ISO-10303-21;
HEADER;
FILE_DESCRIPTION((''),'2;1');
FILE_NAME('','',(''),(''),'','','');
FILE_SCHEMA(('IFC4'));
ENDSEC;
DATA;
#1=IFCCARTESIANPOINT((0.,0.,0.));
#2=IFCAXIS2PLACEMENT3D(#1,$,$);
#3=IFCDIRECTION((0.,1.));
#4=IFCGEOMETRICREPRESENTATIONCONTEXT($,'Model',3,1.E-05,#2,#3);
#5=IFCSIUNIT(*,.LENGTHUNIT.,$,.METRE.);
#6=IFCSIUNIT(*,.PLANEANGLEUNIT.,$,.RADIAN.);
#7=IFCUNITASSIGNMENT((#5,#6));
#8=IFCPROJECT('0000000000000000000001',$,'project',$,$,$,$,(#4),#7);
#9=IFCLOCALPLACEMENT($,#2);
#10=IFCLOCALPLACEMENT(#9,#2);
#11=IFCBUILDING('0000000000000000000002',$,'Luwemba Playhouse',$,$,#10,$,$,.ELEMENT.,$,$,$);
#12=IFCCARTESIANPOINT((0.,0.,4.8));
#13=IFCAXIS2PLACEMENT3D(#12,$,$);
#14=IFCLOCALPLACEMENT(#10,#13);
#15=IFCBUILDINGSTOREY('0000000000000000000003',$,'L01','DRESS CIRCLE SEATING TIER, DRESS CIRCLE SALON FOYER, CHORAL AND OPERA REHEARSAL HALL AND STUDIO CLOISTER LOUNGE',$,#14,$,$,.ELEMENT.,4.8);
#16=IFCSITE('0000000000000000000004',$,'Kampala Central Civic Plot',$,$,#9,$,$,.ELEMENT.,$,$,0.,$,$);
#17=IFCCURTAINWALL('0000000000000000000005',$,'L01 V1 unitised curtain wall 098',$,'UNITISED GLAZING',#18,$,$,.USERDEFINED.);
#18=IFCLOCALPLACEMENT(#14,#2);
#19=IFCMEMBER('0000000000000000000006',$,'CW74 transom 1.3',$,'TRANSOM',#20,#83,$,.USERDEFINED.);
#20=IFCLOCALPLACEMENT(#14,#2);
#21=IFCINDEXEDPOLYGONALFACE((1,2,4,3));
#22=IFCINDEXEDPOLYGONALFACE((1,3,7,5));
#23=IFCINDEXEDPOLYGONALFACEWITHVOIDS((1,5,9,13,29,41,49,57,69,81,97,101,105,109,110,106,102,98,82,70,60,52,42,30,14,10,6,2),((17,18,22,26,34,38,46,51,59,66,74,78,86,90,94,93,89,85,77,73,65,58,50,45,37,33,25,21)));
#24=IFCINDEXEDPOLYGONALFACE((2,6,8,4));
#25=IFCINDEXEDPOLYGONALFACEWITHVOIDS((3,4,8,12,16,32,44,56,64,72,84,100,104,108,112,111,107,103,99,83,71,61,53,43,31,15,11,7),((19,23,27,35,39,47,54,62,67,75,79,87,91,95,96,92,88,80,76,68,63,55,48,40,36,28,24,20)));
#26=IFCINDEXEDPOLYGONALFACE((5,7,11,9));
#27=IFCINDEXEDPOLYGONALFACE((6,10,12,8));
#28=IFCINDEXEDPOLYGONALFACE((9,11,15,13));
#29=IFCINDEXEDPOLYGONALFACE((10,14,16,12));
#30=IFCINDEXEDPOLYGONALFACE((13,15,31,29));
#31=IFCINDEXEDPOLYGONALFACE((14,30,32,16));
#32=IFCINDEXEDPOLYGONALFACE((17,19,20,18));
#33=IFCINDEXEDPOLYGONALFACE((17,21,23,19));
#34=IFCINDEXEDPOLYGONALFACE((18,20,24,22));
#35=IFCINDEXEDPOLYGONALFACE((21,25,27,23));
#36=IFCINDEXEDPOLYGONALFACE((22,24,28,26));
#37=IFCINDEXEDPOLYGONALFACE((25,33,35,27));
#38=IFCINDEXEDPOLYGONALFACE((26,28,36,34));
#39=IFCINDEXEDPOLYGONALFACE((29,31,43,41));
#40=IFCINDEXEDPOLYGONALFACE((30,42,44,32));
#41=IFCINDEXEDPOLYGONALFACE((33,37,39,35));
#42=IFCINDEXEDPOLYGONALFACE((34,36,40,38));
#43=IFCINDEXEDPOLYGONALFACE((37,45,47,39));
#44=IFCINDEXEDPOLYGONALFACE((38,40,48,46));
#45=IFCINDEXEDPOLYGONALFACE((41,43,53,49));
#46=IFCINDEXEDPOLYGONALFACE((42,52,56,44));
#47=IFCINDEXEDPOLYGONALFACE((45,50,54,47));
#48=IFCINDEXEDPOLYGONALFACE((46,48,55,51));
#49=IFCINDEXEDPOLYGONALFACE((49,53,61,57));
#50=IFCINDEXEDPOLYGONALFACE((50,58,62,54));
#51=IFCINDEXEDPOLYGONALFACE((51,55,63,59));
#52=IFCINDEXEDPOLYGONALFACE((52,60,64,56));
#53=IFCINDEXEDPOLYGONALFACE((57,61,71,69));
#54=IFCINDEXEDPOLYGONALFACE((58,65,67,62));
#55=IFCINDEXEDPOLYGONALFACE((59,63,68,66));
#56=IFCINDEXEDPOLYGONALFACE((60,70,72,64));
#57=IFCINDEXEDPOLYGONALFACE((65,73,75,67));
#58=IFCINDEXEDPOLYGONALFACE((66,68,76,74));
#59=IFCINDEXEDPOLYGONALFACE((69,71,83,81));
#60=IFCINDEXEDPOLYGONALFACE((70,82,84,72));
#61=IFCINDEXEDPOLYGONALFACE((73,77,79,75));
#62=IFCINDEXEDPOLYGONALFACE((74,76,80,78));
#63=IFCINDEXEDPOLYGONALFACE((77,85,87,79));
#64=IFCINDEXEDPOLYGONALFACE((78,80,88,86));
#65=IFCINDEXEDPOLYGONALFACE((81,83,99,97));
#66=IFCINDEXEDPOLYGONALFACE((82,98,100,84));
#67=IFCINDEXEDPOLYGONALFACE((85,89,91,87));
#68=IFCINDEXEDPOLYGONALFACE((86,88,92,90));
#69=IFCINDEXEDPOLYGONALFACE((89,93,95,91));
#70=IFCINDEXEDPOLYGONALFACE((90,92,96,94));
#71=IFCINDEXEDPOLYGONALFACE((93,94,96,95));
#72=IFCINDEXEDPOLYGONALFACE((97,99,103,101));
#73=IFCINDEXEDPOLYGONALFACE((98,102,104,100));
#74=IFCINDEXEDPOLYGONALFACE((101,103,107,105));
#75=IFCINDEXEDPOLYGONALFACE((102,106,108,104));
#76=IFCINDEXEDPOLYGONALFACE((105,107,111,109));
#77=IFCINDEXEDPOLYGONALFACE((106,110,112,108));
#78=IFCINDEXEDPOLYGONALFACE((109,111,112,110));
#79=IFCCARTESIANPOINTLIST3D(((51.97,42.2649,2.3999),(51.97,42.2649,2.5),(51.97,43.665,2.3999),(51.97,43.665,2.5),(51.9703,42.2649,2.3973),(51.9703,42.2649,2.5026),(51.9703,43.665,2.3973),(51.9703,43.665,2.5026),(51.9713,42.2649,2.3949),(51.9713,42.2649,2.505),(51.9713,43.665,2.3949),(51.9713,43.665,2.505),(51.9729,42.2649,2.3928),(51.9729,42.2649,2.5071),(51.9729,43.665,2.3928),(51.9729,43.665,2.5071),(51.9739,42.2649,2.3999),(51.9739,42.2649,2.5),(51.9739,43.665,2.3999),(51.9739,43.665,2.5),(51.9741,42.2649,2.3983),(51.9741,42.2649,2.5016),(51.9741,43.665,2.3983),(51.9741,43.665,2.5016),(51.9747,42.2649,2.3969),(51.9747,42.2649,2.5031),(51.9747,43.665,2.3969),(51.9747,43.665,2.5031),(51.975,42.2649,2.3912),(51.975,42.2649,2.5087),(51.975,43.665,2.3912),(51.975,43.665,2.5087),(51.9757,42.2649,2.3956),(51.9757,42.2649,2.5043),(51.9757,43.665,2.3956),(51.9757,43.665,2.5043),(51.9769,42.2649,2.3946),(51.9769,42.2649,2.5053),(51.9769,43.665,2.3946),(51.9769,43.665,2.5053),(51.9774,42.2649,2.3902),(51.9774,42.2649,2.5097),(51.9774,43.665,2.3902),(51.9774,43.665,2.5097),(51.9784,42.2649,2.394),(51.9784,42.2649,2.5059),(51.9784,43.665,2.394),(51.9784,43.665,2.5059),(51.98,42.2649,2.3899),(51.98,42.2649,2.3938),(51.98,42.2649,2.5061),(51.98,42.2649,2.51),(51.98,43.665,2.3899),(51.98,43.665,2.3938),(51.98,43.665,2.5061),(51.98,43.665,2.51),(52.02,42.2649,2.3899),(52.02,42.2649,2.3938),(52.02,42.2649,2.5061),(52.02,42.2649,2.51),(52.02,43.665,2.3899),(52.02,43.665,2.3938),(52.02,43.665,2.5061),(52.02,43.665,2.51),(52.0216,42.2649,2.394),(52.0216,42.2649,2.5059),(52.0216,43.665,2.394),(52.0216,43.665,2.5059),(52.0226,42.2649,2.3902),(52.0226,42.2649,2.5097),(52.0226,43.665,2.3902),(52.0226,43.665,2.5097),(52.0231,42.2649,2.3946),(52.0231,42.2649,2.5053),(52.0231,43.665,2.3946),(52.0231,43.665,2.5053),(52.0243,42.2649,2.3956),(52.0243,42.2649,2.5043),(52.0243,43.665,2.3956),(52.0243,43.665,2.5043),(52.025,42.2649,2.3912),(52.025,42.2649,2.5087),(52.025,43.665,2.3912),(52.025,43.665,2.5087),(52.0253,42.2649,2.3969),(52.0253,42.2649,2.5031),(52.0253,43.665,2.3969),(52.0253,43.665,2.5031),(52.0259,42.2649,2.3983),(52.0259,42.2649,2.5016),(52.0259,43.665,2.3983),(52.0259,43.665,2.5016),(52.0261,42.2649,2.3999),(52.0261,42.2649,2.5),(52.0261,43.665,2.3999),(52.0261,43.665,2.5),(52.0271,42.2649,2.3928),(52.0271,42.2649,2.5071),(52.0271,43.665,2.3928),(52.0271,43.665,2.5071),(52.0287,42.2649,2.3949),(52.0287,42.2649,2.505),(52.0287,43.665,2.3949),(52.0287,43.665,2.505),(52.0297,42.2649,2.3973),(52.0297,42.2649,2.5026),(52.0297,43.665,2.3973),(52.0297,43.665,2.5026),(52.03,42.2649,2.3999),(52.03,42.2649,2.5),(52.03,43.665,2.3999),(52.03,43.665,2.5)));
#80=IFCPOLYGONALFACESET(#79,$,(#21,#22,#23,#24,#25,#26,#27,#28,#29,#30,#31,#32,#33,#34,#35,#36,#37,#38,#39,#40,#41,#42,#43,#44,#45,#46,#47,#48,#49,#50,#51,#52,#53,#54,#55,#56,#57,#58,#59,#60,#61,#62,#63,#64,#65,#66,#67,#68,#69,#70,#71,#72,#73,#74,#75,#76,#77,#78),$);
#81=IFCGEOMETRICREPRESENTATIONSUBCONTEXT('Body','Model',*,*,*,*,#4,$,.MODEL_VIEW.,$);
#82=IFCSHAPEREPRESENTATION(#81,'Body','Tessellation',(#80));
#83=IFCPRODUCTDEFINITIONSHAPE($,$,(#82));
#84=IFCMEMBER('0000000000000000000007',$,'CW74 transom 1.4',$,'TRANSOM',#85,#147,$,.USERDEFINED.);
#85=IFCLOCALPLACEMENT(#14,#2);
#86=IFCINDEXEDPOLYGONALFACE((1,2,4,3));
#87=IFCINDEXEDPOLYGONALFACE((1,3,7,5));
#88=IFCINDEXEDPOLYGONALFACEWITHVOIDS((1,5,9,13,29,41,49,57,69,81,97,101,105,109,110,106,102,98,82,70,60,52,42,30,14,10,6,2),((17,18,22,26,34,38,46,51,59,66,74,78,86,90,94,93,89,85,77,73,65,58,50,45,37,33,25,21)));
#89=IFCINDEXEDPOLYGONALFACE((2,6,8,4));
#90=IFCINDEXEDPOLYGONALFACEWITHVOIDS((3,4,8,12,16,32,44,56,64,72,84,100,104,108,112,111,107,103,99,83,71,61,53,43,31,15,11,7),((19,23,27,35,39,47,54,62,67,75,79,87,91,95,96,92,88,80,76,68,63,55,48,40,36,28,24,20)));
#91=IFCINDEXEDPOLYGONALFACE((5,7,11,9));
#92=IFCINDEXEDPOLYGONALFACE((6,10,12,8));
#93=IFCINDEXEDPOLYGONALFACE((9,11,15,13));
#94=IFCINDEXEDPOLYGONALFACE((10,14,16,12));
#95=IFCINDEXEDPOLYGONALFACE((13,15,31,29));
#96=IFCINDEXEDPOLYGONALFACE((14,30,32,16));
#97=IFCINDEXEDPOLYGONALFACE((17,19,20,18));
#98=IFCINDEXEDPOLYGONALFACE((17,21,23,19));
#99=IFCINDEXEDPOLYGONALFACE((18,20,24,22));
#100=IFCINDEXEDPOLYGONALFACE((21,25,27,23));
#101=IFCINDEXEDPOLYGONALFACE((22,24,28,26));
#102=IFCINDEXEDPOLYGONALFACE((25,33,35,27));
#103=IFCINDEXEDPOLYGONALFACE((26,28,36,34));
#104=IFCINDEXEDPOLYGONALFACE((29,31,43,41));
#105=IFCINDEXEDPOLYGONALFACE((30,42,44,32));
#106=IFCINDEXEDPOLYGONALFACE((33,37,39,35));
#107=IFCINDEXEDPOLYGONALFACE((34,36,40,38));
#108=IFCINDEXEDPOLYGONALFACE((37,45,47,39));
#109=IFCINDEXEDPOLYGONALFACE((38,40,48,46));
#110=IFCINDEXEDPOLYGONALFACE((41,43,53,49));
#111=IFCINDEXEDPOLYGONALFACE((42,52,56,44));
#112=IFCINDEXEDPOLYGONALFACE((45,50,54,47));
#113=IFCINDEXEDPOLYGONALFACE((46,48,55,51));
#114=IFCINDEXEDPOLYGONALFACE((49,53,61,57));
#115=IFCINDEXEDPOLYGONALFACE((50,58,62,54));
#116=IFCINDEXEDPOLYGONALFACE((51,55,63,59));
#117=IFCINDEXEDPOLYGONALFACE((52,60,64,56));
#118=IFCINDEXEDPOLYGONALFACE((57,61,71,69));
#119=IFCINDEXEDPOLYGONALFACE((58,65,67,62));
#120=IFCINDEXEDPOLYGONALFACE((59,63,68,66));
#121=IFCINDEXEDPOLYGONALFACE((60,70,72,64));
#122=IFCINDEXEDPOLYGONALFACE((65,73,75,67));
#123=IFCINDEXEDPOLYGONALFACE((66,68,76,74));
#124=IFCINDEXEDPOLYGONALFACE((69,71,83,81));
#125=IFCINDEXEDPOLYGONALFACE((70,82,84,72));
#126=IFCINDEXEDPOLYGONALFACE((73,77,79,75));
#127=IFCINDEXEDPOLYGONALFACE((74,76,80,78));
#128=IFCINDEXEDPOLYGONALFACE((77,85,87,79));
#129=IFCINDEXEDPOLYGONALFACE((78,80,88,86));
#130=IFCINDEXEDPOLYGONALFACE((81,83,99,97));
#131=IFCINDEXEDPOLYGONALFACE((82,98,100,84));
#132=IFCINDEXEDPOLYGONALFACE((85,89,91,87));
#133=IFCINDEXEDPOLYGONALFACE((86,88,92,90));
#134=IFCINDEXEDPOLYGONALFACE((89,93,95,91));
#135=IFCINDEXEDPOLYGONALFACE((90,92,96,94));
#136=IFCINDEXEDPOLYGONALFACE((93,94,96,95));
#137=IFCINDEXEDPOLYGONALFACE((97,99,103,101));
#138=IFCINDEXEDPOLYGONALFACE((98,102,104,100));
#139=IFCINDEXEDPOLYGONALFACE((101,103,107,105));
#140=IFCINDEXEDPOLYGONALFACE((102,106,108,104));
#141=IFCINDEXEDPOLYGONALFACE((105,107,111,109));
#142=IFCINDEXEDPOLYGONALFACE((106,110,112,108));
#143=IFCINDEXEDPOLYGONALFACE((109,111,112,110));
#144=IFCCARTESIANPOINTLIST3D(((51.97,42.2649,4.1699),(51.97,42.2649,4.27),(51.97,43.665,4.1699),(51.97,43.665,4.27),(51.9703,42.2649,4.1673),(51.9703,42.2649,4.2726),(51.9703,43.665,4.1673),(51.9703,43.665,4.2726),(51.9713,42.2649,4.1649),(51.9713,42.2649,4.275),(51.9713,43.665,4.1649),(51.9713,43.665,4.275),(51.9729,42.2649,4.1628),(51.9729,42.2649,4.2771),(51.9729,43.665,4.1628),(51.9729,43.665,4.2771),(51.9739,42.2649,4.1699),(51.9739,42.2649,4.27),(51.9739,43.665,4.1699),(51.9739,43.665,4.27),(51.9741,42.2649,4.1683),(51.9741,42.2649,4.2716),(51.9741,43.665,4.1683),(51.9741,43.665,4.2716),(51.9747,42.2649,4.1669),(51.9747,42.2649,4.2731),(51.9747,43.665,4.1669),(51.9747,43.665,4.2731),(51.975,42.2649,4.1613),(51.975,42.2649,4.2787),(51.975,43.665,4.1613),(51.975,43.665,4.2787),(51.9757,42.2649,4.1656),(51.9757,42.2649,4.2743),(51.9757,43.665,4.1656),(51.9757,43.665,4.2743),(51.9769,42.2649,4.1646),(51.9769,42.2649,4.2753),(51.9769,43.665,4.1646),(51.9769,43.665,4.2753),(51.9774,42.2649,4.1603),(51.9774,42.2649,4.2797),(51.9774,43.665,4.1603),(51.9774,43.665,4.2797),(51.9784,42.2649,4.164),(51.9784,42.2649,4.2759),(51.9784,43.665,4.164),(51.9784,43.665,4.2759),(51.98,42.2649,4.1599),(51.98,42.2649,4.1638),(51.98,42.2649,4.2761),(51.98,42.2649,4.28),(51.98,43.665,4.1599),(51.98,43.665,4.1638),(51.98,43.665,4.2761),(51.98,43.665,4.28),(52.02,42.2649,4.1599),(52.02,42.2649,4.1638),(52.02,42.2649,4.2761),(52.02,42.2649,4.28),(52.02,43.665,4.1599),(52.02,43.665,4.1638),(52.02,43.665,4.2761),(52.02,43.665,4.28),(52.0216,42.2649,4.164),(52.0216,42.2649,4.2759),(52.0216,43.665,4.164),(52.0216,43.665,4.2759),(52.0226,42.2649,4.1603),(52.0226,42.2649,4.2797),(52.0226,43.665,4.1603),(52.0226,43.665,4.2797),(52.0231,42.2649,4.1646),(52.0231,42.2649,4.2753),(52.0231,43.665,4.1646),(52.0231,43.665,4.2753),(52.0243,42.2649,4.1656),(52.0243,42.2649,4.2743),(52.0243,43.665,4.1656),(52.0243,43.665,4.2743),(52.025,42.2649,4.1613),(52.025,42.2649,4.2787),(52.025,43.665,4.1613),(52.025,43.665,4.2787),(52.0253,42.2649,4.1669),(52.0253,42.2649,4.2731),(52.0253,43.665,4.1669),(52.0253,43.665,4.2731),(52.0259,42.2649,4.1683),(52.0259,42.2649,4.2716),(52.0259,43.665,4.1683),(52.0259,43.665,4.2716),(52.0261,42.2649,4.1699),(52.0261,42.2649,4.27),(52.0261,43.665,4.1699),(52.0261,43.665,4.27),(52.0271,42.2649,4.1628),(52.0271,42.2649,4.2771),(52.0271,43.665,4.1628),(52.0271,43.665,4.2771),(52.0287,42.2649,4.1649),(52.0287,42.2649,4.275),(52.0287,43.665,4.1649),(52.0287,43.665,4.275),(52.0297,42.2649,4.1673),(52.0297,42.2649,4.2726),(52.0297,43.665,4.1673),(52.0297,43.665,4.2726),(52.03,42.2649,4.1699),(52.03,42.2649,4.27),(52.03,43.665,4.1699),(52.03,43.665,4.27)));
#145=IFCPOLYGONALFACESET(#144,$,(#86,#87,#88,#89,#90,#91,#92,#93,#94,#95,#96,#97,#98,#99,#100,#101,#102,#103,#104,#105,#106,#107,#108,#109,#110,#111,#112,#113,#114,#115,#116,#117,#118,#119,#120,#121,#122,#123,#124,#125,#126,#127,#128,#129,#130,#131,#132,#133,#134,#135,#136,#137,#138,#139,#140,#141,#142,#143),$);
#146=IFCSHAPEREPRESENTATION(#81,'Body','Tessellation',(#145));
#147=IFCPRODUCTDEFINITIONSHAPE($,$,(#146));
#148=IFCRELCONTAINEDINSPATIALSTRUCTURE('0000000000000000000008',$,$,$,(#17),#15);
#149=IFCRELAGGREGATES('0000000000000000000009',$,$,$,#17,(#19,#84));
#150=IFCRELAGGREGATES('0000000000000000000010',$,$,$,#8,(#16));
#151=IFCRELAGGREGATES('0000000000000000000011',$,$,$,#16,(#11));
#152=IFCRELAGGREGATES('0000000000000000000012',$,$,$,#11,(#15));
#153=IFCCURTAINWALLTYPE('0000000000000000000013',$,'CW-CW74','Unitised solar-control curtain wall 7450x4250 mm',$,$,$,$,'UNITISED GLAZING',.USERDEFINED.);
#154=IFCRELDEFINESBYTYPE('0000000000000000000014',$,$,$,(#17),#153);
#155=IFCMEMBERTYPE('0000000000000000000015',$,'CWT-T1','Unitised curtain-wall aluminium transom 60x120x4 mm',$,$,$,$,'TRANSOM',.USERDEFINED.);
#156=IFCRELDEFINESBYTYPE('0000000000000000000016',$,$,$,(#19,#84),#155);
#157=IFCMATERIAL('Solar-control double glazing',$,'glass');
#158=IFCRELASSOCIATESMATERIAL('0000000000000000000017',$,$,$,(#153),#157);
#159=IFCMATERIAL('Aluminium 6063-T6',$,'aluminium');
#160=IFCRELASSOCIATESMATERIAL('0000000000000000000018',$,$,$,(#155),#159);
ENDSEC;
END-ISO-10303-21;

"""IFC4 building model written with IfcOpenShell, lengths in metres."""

from ifc_helpers import new_model, si_unit, direction, frame, origin, origin_2d, place, context, subcontext, project, spatial, hollow_rectangle, extrude, material, material_profile, profile_set, type_object, element, aggregate, save


model = new_model("IFC4")

# Units and contexts
model_context = context("Model", 3, precision=1e-05, world=origin(), true_north=direction((0.0, 1.0)))
body_context = subcontext(model_context, "Body", "Model", "MODEL_VIEW")
ifc_project = project(units=[si_unit("LENGTHUNIT", "METRE"), si_unit("PLANEANGLEUNIT", "RADIAN")], contexts=[model_context])

# Site, building, storey
site_placement = place(None, origin())
site = spatial("IfcSite", under=ifc_project, at=site_placement, Name="Kampala Central Civic Plot", CompositionType="ELEMENT", RefElevation=0.0)
building_placement = place(site_placement, origin())
building = spatial("IfcBuilding", under=site, at=building_placement, Name="Luwemba Playhouse", CompositionType="ELEMENT")
storey_placement = place(building_placement, frame((0.0, 0.0, 4.8)))
storey = spatial("IfcBuildingStorey", under=building, at=storey_placement, Name="L01", Description="DRESS CIRCLE SEATING TIER, DRESS CIRCLE SALON FOYER, CHORAL AND OPERA REHEARSAL HALL AND STUDIO CLOISTER LOUNGE", CompositionType="ELEMENT", Elevation=4.8)

# Curtain wall
ifc_material_1 = material(Name="Solar-control double glazing", Category="glass")
curtain_wall_type_1 = type_object("IfcCurtainWallType", Name="CW-CW74", Description="Unitised solar-control curtain wall 7450x4250 mm", ElementType="UNITISED GLAZING", PredefinedType="USERDEFINED", material=ifc_material_1)
curtain_wall_1_placement = place(storey_placement, origin())
curtain_wall_1 = element("IfcCurtainWall", 1, at=curtain_wall_1_placement, inside=storey, type_object=curtain_wall_type_1, Name="L01 V1 unitised curtain wall 098", ObjectType="UNITISED GLAZING", PredefinedType="USERDEFINED")
ifc_material_2 = material(Name="Aluminium 6063-T6", Category="aluminium")

# Members
ifc_material_profile_1 = material_profile(ifc_material_2, hollow_rectangle(XDim=0.0601, YDim=0.1201, WallThickness=0.0039, InnerFilletRadius=0.0061, OuterFilletRadius=0.01, at=origin_2d()))
ifc_profile_set_1 = profile_set([ifc_material_profile_1], Name="Aluminium 6063-T6")
member_type_1 = type_object("IfcMemberType", Name="CWT-T1", Description="Unitised curtain-wall aluminium transom 60x120x4 mm", ElementType="TRANSOM", PredefinedType="USERDEFINED", material=ifc_profile_set_1)
member_1_placement = place(storey_placement, frame((52.0, 43.665, 2.45), z_axis=(0.0, -1.0, 0.0), x_axis=(1.0, 0.0, 0.0)))
member_1 = element("IfcMember", 2, at=member_1_placement, type_object=member_type_1, Name="CW74 transom 1.3", ObjectType="TRANSOM", PredefinedType="USERDEFINED", context=body_context, shape_type="SweptSolid", body=[
    extrude(hollow_rectangle(XDim=0.0601, YDim=0.1201, WallThickness=0.0039, InnerFilletRadius=0.0061, OuterFilletRadius=0.01, at=origin_2d()), origin(), (0.0, 0.0, 1.0), 1.4001),
])
member_2_placement = place(storey_placement, frame((52.0, 43.665, 4.22), z_axis=(0.0, -1.0, 0.0), x_axis=(1.0, 0.0, 0.0)))
member_2 = element("IfcMember", 3, at=member_2_placement, type_object=member_type_1, Name="CW74 transom 1.4", ObjectType="TRANSOM", PredefinedType="USERDEFINED", context=body_context, shape_type="SweptSolid", body=[
    extrude(hollow_rectangle(XDim=0.0601, YDim=0.1201, WallThickness=0.0039, InnerFilletRadius=0.0061, OuterFilletRadius=0.01, at=origin_2d()), origin(), (0.0, 0.0, 1.0), 1.4001),
])

aggregate(curtain_wall_1, [member_1, member_2])

save(model, "model.ifc")
